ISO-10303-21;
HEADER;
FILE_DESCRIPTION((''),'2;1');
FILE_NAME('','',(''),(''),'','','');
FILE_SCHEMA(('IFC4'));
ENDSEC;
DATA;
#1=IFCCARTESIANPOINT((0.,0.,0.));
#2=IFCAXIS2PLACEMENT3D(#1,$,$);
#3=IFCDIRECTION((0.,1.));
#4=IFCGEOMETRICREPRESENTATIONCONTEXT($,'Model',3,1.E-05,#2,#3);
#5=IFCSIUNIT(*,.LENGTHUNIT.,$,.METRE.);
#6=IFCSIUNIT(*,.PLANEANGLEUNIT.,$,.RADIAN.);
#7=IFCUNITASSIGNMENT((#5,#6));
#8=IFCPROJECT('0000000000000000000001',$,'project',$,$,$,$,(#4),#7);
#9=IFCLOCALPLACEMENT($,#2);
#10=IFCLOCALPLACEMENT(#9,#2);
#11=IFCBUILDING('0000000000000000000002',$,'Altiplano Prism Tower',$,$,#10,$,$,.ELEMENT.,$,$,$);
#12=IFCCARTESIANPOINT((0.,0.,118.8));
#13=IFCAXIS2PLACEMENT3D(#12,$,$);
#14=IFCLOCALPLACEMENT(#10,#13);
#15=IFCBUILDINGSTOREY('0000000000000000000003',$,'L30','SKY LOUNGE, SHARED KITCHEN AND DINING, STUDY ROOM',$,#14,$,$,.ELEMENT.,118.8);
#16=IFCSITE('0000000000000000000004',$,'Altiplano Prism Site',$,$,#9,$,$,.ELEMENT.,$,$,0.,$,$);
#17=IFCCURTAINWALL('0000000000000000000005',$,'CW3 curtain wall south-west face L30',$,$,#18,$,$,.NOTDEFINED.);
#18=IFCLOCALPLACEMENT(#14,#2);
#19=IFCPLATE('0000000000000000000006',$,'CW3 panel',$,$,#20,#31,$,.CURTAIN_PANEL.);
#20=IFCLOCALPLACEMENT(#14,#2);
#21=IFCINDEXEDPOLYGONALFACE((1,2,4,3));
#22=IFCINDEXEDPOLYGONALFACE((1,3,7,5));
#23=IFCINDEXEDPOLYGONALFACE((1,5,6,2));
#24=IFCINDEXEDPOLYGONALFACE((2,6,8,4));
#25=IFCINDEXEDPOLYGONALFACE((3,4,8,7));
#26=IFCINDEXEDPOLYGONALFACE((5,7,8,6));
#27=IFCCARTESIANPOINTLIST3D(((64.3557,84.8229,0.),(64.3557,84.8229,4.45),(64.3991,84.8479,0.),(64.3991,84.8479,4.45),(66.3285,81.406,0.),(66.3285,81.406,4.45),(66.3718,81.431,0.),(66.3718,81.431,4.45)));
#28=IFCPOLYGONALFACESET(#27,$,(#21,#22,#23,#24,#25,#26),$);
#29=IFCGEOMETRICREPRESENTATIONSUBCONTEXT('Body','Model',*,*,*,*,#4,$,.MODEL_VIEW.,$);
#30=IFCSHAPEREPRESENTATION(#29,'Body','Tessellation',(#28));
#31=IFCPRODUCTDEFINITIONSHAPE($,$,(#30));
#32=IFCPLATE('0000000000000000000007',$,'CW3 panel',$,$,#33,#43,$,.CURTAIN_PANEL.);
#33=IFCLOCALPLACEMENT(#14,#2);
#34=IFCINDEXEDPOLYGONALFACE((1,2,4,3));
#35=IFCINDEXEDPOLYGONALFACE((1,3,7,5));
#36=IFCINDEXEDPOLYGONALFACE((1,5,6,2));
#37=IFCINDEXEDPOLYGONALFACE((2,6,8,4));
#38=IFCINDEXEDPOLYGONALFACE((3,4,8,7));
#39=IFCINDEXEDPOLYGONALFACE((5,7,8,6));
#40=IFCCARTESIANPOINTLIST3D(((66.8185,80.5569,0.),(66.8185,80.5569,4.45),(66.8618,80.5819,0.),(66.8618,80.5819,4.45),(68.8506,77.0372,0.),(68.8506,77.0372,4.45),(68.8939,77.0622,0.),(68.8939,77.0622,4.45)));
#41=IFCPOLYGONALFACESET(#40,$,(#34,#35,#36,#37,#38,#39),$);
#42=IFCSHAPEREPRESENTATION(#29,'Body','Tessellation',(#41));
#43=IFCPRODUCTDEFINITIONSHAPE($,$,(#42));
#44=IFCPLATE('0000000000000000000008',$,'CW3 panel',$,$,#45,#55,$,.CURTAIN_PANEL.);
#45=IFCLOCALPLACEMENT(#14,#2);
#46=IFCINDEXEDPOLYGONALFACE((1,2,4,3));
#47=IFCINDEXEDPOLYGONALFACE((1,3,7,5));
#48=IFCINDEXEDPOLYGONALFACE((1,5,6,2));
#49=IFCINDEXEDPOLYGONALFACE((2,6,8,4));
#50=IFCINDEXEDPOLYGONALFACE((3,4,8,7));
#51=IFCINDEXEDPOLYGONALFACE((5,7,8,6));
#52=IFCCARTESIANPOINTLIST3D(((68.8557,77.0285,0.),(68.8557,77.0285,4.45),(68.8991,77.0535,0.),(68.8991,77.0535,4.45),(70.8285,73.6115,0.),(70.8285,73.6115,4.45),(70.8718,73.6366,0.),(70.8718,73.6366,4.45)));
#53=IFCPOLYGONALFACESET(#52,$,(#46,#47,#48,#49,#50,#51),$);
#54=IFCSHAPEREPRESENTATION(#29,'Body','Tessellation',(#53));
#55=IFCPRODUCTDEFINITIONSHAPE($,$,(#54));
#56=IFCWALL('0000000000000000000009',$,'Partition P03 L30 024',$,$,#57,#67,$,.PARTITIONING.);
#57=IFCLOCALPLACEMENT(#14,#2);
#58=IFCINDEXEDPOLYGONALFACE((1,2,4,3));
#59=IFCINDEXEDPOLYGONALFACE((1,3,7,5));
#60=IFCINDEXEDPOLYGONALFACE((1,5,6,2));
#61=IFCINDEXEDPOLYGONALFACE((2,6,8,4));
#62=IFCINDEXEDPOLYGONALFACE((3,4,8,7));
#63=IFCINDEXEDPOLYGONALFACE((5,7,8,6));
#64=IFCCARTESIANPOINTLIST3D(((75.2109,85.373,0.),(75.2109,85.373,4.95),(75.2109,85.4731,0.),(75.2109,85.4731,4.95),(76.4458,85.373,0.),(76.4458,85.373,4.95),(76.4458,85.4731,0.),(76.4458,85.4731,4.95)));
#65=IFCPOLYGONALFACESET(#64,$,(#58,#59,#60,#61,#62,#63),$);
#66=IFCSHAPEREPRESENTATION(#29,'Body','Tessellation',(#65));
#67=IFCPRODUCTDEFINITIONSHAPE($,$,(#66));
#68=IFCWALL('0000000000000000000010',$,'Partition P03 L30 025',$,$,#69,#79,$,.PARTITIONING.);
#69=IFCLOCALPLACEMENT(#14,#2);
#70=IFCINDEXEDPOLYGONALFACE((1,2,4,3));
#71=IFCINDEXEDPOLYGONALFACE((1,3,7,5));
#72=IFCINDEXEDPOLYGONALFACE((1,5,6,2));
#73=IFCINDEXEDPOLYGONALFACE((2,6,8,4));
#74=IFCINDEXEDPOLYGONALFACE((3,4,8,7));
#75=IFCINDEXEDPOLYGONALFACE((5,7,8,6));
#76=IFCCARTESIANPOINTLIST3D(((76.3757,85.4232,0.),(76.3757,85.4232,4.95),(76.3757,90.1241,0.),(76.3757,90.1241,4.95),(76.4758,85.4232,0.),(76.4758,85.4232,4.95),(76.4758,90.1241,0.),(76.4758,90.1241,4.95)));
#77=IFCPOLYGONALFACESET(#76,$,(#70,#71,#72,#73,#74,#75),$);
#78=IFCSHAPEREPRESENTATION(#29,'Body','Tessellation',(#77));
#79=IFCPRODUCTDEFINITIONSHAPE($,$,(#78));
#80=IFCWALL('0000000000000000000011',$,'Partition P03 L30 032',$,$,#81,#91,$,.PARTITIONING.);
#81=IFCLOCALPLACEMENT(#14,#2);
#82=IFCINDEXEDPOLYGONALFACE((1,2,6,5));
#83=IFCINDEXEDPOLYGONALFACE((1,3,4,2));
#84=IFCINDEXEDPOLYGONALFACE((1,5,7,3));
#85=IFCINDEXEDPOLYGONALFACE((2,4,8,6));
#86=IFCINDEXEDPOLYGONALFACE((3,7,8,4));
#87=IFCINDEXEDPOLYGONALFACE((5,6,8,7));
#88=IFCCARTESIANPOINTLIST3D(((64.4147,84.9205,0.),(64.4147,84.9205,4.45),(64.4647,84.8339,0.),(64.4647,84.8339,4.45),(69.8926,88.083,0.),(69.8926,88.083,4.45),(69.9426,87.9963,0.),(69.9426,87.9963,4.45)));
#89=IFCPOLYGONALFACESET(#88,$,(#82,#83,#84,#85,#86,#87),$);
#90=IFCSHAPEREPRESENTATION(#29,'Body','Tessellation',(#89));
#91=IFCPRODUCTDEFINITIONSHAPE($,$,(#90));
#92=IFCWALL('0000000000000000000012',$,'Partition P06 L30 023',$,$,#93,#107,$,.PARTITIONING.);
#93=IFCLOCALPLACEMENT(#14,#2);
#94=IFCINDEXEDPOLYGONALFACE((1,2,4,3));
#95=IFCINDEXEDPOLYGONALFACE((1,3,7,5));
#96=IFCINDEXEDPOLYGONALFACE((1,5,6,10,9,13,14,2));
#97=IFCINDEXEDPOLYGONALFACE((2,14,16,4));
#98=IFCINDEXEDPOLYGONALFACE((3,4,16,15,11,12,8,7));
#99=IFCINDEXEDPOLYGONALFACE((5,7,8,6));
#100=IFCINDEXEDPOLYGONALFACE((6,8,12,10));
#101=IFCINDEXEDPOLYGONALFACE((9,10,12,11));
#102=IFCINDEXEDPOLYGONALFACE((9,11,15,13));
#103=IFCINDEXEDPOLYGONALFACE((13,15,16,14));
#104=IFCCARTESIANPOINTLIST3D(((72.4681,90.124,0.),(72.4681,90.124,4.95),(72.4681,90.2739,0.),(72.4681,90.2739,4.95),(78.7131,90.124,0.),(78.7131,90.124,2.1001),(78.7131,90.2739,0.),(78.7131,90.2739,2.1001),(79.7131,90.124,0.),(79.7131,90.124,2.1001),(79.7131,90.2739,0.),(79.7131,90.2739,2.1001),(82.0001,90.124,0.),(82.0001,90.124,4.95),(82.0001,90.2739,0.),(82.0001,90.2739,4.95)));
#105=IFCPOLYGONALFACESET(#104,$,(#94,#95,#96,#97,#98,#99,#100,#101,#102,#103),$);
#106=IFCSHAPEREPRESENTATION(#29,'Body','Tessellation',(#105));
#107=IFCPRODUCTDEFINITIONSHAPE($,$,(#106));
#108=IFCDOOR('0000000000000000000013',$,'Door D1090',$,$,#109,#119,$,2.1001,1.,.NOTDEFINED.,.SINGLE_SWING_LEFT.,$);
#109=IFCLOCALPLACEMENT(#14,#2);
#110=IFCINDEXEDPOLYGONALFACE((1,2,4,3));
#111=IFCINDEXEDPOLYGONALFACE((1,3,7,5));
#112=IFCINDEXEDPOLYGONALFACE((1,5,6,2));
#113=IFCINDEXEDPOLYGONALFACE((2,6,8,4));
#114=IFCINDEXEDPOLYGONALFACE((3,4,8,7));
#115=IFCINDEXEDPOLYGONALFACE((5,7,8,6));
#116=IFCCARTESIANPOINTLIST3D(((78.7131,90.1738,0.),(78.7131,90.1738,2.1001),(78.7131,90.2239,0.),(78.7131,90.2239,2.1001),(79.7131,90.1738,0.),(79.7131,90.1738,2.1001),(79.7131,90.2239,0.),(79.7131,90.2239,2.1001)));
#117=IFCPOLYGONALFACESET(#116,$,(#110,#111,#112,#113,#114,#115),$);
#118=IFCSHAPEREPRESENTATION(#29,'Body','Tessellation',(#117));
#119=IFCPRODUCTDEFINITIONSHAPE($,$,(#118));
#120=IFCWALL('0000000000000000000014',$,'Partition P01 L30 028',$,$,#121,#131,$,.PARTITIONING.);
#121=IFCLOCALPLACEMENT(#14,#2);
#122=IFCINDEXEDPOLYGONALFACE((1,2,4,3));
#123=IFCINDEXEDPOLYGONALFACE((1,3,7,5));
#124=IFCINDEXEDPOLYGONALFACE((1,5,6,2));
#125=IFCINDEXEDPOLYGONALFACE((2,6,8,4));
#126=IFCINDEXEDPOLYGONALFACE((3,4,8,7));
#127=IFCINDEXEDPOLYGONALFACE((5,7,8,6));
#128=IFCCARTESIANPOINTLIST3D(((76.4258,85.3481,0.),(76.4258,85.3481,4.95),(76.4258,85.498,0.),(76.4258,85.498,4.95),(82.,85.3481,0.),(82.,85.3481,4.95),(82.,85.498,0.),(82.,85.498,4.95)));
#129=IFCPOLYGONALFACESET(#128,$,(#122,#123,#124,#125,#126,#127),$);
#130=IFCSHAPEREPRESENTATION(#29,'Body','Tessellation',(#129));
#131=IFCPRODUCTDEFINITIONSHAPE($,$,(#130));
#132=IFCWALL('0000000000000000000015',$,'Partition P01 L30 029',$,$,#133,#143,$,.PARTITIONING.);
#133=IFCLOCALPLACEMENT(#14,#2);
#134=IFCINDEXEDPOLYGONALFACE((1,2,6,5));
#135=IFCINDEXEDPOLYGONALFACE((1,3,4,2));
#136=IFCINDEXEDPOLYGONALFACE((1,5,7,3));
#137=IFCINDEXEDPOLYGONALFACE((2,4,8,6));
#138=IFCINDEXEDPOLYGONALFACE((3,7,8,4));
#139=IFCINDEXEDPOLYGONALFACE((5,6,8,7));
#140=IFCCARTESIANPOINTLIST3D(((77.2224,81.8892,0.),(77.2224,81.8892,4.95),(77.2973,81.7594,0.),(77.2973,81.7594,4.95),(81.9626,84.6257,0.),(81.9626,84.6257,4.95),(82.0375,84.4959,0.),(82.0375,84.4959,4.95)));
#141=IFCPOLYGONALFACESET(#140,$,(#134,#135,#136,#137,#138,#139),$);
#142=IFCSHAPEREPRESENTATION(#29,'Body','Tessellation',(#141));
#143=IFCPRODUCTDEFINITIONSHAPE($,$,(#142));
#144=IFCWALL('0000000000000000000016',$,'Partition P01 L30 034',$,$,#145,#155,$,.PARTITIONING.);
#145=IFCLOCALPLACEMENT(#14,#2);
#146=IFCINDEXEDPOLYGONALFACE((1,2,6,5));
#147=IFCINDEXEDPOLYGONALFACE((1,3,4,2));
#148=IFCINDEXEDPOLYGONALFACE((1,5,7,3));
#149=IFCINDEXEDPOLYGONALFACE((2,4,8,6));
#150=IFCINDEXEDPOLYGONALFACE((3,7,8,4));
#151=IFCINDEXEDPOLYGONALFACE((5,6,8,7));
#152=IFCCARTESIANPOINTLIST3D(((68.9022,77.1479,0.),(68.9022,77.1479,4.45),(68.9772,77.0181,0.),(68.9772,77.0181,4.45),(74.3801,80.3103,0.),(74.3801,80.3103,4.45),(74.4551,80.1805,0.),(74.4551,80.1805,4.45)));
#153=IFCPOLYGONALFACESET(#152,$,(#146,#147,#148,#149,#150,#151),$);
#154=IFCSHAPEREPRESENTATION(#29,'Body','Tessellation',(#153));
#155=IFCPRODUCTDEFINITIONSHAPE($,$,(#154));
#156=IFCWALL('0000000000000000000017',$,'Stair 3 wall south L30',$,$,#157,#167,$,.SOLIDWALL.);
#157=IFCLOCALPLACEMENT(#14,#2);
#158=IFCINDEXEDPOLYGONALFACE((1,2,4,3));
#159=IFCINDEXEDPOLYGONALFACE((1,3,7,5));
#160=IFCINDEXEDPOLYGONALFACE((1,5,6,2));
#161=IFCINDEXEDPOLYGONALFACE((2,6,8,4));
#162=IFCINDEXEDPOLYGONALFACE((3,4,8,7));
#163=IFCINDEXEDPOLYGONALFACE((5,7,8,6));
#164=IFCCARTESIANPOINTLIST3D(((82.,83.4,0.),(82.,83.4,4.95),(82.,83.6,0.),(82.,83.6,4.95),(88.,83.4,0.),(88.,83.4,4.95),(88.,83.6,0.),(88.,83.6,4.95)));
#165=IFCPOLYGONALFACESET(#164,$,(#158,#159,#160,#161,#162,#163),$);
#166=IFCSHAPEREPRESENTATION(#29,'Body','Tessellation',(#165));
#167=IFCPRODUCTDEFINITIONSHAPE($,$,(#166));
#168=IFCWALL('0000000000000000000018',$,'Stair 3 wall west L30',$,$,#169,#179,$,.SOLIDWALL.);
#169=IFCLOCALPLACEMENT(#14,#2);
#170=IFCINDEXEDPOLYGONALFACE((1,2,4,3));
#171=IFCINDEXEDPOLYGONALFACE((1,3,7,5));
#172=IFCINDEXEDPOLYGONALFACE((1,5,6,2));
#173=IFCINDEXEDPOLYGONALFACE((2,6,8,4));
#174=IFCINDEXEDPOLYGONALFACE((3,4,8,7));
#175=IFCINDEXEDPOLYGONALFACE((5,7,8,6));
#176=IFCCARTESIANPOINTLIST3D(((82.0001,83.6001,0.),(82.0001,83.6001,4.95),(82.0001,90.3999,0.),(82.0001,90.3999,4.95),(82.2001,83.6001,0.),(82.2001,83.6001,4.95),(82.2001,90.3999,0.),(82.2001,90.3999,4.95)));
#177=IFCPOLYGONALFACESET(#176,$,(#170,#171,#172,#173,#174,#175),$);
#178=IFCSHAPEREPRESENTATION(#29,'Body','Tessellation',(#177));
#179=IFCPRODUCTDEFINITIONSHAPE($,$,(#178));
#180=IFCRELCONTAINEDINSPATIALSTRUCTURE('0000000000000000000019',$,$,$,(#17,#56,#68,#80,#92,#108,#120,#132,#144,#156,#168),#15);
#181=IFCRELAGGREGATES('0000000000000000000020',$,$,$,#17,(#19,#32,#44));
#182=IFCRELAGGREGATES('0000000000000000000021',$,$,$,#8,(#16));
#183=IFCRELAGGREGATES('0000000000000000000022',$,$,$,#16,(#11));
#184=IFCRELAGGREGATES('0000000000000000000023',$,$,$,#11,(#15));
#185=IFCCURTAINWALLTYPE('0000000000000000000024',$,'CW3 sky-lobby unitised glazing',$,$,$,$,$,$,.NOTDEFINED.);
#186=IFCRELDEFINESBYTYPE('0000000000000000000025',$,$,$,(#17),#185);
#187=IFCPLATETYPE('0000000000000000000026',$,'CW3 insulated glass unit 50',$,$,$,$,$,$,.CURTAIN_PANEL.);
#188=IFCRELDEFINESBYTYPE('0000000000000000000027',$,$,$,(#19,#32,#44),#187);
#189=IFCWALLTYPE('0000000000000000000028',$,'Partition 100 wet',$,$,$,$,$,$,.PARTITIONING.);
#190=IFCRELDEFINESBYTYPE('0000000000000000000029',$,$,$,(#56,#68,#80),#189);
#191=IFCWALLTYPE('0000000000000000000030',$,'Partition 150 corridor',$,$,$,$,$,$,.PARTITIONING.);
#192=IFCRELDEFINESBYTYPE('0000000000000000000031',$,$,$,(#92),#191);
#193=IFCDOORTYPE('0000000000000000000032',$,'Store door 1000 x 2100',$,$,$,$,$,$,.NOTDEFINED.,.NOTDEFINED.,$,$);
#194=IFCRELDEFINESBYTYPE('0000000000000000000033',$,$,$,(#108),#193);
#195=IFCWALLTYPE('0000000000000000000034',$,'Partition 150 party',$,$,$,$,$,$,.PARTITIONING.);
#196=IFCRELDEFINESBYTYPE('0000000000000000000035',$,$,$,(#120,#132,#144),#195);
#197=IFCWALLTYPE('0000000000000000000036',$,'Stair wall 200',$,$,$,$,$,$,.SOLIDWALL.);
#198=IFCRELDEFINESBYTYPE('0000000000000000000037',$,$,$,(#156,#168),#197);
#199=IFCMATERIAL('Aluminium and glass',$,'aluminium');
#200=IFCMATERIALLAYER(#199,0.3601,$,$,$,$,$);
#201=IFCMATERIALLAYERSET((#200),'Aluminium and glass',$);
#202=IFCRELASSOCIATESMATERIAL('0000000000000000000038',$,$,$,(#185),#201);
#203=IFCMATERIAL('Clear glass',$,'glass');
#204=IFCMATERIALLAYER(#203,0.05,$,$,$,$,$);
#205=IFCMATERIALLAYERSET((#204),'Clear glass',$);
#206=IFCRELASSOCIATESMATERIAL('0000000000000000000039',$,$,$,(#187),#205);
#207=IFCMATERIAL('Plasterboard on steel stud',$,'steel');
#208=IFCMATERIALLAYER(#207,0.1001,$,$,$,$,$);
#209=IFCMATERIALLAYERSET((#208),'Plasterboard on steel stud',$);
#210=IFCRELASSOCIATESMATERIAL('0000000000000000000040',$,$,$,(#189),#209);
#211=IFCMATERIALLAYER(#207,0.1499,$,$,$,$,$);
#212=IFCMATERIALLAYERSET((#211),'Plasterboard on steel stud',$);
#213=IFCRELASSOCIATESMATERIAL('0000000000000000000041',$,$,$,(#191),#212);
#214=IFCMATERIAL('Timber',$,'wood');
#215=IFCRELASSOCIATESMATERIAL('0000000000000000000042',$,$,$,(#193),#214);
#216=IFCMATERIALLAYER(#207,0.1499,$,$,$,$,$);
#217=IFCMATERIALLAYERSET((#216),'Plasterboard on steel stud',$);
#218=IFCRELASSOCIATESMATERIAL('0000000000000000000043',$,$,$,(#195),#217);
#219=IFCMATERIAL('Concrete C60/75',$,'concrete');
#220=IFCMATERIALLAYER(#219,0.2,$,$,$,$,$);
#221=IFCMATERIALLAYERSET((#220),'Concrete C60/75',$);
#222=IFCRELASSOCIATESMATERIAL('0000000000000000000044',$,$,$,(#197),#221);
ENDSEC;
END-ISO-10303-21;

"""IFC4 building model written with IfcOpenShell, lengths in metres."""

from ifc_helpers import new_model, si_unit, direction, frame, frame_2d, origin, origin_2d, place, context, subcontext, project, spatial, rectangle, extrude, material, layer, layer_set, type_object, element, fill, aggregate, save


model = new_model("IFC4")

# Units and contexts
model_context = context("Model", 3, precision=1e-05, world=origin(), true_north=direction((0.0, 1.0)))
body_context = subcontext(model_context, "Body", "Model", "MODEL_VIEW")
ifc_project = project(units=[si_unit("LENGTHUNIT", "METRE"), si_unit("PLANEANGLEUNIT", "RADIAN")], contexts=[model_context])

# Site, building, storey
site_placement = place(None, origin())
site = spatial("IfcSite", under=ifc_project, at=site_placement, Name="Altiplano Prism Site", CompositionType="ELEMENT", RefElevation=0.0)
building_placement = place(site_placement, origin())
building = spatial("IfcBuilding", under=site, at=building_placement, Name="Altiplano Prism Tower", CompositionType="ELEMENT")
storey_placement = place(building_placement, frame((0.0, 0.0, 118.8)))
storey = spatial("IfcBuildingStorey", under=building, at=storey_placement, Name="L30", Description="SKY LOUNGE, SHARED KITCHEN AND DINING, STUDY ROOM", CompositionType="ELEMENT", Elevation=118.8)

# Shared definitions
ifc_material_1 = material(Name="Concrete C60/75", Category="concrete")

# Curtain wall
ifc_material_2 = material(Name="Aluminium and glass", Category="aluminium")
ifc_layer_1 = layer(ifc_material_2, 0.3601)
ifc_layer_set_1 = layer_set([ifc_layer_1], Name="Aluminium and glass")
curtain_wall_type = type_object("IfcCurtainWallType", Name="CW3 sky-lobby unitised glazing", PredefinedType="NOTDEFINED", material=ifc_layer_set_1)
curtain_wall_placement = place(storey_placement, origin())
curtain_wall = element("IfcCurtainWall", 1, at=curtain_wall_placement, inside=storey, type_object=curtain_wall_type, Name="CW3 curtain wall south-west face L30", PredefinedType="NOTDEFINED")

# Plates
ifc_material_3 = material(Name="Clear glass", Category="glass")
ifc_layer_2 = layer(ifc_material_3, 0.05)
ifc_layer_set_2 = layer_set([ifc_layer_2], Name="Clear glass")
plate_type = type_object("IfcPlateType", Name="CW3 insulated glass unit 50", PredefinedType="CURTAIN_PANEL", material=ifc_layer_set_2)
plate_1_placement = place(storey_placement, frame((65.3638, 83.127, 0.0), z_axis=(0.0, 0.0, 1.0), x_axis=(0.5, -0.866025, 0.0)))
plate_1 = element("IfcPlate", 2, at=plate_1_placement, type_object=plate_type, Name="CW3 panel", PredefinedType="CURTAIN_PANEL", context=body_context, shape_type="SweptSolid", body=[
    extrude(rectangle(XDim=3.9456, YDim=0.05, at=origin_2d()), origin(), (0.0, 0.0, 1.0), 4.45),
])
plate_2_placement = place(storey_placement, frame((67.8562, 78.8096, 0.0), z_axis=(0.0, 0.0, 1.0), x_axis=(0.5, -0.866025, 0.0)))
plate_2 = element("IfcPlate", 3, at=plate_2_placement, type_object=plate_type, Name="CW3 panel", PredefinedType="CURTAIN_PANEL", context=body_context, shape_type="SweptSolid", body=[
    extrude(rectangle(XDim=4.0642, YDim=0.05, at=origin_2d()), origin(), (0.0, 0.0, 1.0), 4.45),
])
plate_3_placement = place(storey_placement, frame((69.8638, 75.3325, 0.0), z_axis=(0.0, 0.0, 1.0), x_axis=(0.5, -0.866025, 0.0)))
plate_3 = element("IfcPlate", 4, at=plate_3_placement, type_object=plate_type, Name="CW3 panel", PredefinedType="CURTAIN_PANEL", context=body_context, shape_type="SweptSolid", body=[
    extrude(rectangle(XDim=3.9456, YDim=0.05, at=origin_2d()), origin(), (0.0, 0.0, 1.0), 4.45),
])
aggregate(curtain_wall, [plate_1, plate_2, plate_3])

# Walls
ifc_material_4 = material(Name="Plasterboard on steel stud", Category="steel")
ifc_layer_3 = layer(ifc_material_4, 0.1001)
ifc_layer_set_3 = layer_set([ifc_layer_3], Name="Plasterboard on steel stud")
wall_type_1 = type_object("IfcWallType", Name="Partition 100 wet", PredefinedType="PARTITIONING", material=ifc_layer_set_3)
wall_1_placement = place(storey_placement, frame((75.2109, 85.4231, 0.0), z_axis=(0.0, 0.0, 1.0), x_axis=(1.0, 0.0, 0.0)))
element("IfcWall", 5, at=wall_1_placement, inside=storey, type_object=wall_type_1, Name="Partition P03 L30 024", PredefinedType="PARTITIONING", context=body_context, shape_type="SweptSolid", body=[
    extrude(rectangle(XDim=1.2349, YDim=0.1001, at=frame_2d((0.6174, 0.0))), origin(), (0.0, 0.0, 1.0), 4.95),
])
wall_2_placement = place(storey_placement, frame((76.4258, 85.4231, 0.0), z_axis=(0.0, 0.0, 1.0), x_axis=(0.0, 1.0, 0.0)))
element("IfcWall", 6, at=wall_2_placement, inside=storey, type_object=wall_type_1, Name="Partition P03 L30 025", PredefinedType="PARTITIONING", context=body_context, shape_type="SweptSolid", body=[
    extrude(rectangle(XDim=4.7009, YDim=0.1001, at=frame_2d((2.3506, 0.0))), origin(), (0.0, 0.0, 1.0), 4.95),
])
wall_3_placement = place(storey_placement, frame((64.4397, 84.8772, 0.0), z_axis=(0.0, 0.0, 1.0), x_axis=(0.866042, 0.499971, 0.0)))
element("IfcWall", 7, at=wall_3_placement, inside=storey, type_object=wall_type_1, Name="Partition P03 L30 032", PredefinedType="PARTITIONING", context=body_context, shape_type="SweptSolid", body=[
    extrude(rectangle(XDim=6.3252, YDim=0.1001, at=frame_2d((3.1626, 0.0))), origin(), (0.0, 0.0, 1.0), 4.45),
])

# Wall, opening, door
ifc_layer_4 = layer(ifc_material_4, 0.1499)
ifc_layer_set_4 = layer_set([ifc_layer_4], Name="Plasterboard on steel stud")
wall_type_2 = type_object("IfcWallType", Name="Partition 150 corridor", PredefinedType="PARTITIONING", material=ifc_layer_set_4)
wall_4_placement = place(storey_placement, frame((72.468, 90.199, 0.0), z_axis=(0.0, 0.0, 1.0), x_axis=(1.0, 0.0, 0.0)))
wall_4 = element("IfcWall", 8, at=wall_4_placement, inside=storey, type_object=wall_type_2, Name="Partition P06 L30 023", PredefinedType="PARTITIONING", context=body_context, shape_type="SweptSolid", body=[
    extrude(rectangle(XDim=9.532, YDim=0.1499, at=frame_2d((4.7661, 0.0))), origin(), (0.0, 0.0, 1.0), 4.95),
])
opening_placement = place(wall_4_placement, frame((6.2451, 0.0, 0.0)))
opening = element("IfcOpeningElement", 9, at=opening_placement, cuts=wall_4, PredefinedType="OPENING", context=body_context, shape_type="SweptSolid", body=[
    extrude(rectangle(XDim=1.0, YDim=2.1001, at=frame_2d((0.5, 1.05))), frame((0.0, 0.0854, 0.0), z_axis=(0.0, -1.0, 0.0), x_axis=(1.0, 0.0, 0.0)), (0.0, 0.0, 1.0), 0.1709),
])
ifc_material_5 = material(Name="Timber", Category="wood")
door_type = type_object("IfcDoorType", Name="Store door 1000 x 2100", OperationType="NOTDEFINED", PredefinedType="NOTDEFINED", material=ifc_material_5)
door_placement = place(opening_placement, origin())
door = element("IfcDoor", 10, at=door_placement, inside=storey, type_object=door_type, Name="Door D1090", OperationType="SINGLE_SWING_LEFT", OverallHeight=2.1001, OverallWidth=1.0, PredefinedType="NOTDEFINED", context=body_context, shape_type="SweptSolid", body=[
    extrude(rectangle(XDim=1.0, YDim=2.1001, at=frame_2d((0.5, 1.05))), frame((0.0, 0.0249, 0.0), z_axis=(0.0, -1.0, 0.0), x_axis=(1.0, 0.0, 0.0)), (0.0, 0.0, 1.0), 0.05),
])
fill(opening, door)

# Walls
ifc_layer_5 = layer(ifc_material_4, 0.1499)
ifc_layer_set_5 = layer_set([ifc_layer_5], Name="Plasterboard on steel stud")
wall_type_3 = type_object("IfcWallType", Name="Partition 150 party", PredefinedType="PARTITIONING", material=ifc_layer_set_5)
wall_5_placement = place(storey_placement, frame((82.0, 85.4231, 0.0), z_axis=(0.0, 0.0, 1.0), x_axis=(-1.0, 0.0, 0.0)))
element("IfcWall", 11, at=wall_5_placement, inside=storey, type_object=wall_type_3, Name="Partition P01 L30 028", PredefinedType="PARTITIONING", context=body_context, shape_type="SweptSolid", body=[
    extrude(rectangle(XDim=5.5742, YDim=0.1499, at=frame_2d((2.7871, 0.0))), origin(), (0.0, 0.0, 1.0), 4.95),
])
wall_6_placement = place(storey_placement, frame((77.2598, 81.8242, 0.0), z_axis=(0.0, 0.0, 1.0), x_axis=(0.866041, 0.499972, 0.0)))
element("IfcWall", 12, at=wall_6_placement, inside=storey, type_object=wall_type_3, Name="Partition P01 L30 029", PredefinedType="PARTITIONING", context=body_context, shape_type="SweptSolid", body=[
    extrude(rectangle(XDim=5.4734, YDim=0.1499, at=frame_2d((2.7368, 0.0))), origin(), (0.0, 0.0, 1.0), 4.95),
])
wall_7_placement = place(storey_placement, frame((68.9397, 77.083, 0.0), z_axis=(0.0, 0.0, 1.0), x_axis=(0.866042, 0.499971, 0.0)))
element("IfcWall", 13, at=wall_7_placement, inside=storey, type_object=wall_type_3, Name="Partition P01 L30 034", PredefinedType="PARTITIONING", context=body_context, shape_type="SweptSolid", body=[
    extrude(rectangle(XDim=6.3252, YDim=0.1499, at=frame_2d((3.1626, 0.0))), origin(), (0.0, 0.0, 1.0), 4.45),
])
ifc_layer_6 = layer(ifc_material_1, 0.2)
ifc_layer_set_6 = layer_set([ifc_layer_6], Name="Concrete C60/75")
wall_type_4 = type_object("IfcWallType", Name="Stair wall 200", PredefinedType="SOLIDWALL", material=ifc_layer_set_6)
wall_8_placement = place(storey_placement, frame((82.0, 83.5, 0.0), z_axis=(0.0, 0.0, 1.0), x_axis=(1.0, 0.0, 0.0)))
element("IfcWall", 14, at=wall_8_placement, inside=storey, type_object=wall_type_4, Name="Stair 3 wall south L30", PredefinedType="SOLIDWALL", context=body_context, shape_type="SweptSolid", body=[
    extrude(rectangle(XDim=6.0, YDim=0.2, at=frame_2d((3.0, 0.0))), origin(), (0.0, 0.0, 1.0), 4.95),
])
wall_9_placement = place(storey_placement, frame((82.1001, 83.6001, 0.0), z_axis=(0.0, 0.0, 1.0), x_axis=(0.0, 1.0, 0.0)))
element("IfcWall", 15, at=wall_9_placement, inside=storey, type_object=wall_type_4, Name="Stair 3 wall west L30", PredefinedType="SOLIDWALL", context=body_context, shape_type="SweptSolid", body=[
    extrude(rectangle(XDim=6.7998, YDim=0.2, at=frame_2d((3.3999, 0.0))), origin(), (0.0, 0.0, 1.0), 4.95),
])

save(model, "model.ifc")
